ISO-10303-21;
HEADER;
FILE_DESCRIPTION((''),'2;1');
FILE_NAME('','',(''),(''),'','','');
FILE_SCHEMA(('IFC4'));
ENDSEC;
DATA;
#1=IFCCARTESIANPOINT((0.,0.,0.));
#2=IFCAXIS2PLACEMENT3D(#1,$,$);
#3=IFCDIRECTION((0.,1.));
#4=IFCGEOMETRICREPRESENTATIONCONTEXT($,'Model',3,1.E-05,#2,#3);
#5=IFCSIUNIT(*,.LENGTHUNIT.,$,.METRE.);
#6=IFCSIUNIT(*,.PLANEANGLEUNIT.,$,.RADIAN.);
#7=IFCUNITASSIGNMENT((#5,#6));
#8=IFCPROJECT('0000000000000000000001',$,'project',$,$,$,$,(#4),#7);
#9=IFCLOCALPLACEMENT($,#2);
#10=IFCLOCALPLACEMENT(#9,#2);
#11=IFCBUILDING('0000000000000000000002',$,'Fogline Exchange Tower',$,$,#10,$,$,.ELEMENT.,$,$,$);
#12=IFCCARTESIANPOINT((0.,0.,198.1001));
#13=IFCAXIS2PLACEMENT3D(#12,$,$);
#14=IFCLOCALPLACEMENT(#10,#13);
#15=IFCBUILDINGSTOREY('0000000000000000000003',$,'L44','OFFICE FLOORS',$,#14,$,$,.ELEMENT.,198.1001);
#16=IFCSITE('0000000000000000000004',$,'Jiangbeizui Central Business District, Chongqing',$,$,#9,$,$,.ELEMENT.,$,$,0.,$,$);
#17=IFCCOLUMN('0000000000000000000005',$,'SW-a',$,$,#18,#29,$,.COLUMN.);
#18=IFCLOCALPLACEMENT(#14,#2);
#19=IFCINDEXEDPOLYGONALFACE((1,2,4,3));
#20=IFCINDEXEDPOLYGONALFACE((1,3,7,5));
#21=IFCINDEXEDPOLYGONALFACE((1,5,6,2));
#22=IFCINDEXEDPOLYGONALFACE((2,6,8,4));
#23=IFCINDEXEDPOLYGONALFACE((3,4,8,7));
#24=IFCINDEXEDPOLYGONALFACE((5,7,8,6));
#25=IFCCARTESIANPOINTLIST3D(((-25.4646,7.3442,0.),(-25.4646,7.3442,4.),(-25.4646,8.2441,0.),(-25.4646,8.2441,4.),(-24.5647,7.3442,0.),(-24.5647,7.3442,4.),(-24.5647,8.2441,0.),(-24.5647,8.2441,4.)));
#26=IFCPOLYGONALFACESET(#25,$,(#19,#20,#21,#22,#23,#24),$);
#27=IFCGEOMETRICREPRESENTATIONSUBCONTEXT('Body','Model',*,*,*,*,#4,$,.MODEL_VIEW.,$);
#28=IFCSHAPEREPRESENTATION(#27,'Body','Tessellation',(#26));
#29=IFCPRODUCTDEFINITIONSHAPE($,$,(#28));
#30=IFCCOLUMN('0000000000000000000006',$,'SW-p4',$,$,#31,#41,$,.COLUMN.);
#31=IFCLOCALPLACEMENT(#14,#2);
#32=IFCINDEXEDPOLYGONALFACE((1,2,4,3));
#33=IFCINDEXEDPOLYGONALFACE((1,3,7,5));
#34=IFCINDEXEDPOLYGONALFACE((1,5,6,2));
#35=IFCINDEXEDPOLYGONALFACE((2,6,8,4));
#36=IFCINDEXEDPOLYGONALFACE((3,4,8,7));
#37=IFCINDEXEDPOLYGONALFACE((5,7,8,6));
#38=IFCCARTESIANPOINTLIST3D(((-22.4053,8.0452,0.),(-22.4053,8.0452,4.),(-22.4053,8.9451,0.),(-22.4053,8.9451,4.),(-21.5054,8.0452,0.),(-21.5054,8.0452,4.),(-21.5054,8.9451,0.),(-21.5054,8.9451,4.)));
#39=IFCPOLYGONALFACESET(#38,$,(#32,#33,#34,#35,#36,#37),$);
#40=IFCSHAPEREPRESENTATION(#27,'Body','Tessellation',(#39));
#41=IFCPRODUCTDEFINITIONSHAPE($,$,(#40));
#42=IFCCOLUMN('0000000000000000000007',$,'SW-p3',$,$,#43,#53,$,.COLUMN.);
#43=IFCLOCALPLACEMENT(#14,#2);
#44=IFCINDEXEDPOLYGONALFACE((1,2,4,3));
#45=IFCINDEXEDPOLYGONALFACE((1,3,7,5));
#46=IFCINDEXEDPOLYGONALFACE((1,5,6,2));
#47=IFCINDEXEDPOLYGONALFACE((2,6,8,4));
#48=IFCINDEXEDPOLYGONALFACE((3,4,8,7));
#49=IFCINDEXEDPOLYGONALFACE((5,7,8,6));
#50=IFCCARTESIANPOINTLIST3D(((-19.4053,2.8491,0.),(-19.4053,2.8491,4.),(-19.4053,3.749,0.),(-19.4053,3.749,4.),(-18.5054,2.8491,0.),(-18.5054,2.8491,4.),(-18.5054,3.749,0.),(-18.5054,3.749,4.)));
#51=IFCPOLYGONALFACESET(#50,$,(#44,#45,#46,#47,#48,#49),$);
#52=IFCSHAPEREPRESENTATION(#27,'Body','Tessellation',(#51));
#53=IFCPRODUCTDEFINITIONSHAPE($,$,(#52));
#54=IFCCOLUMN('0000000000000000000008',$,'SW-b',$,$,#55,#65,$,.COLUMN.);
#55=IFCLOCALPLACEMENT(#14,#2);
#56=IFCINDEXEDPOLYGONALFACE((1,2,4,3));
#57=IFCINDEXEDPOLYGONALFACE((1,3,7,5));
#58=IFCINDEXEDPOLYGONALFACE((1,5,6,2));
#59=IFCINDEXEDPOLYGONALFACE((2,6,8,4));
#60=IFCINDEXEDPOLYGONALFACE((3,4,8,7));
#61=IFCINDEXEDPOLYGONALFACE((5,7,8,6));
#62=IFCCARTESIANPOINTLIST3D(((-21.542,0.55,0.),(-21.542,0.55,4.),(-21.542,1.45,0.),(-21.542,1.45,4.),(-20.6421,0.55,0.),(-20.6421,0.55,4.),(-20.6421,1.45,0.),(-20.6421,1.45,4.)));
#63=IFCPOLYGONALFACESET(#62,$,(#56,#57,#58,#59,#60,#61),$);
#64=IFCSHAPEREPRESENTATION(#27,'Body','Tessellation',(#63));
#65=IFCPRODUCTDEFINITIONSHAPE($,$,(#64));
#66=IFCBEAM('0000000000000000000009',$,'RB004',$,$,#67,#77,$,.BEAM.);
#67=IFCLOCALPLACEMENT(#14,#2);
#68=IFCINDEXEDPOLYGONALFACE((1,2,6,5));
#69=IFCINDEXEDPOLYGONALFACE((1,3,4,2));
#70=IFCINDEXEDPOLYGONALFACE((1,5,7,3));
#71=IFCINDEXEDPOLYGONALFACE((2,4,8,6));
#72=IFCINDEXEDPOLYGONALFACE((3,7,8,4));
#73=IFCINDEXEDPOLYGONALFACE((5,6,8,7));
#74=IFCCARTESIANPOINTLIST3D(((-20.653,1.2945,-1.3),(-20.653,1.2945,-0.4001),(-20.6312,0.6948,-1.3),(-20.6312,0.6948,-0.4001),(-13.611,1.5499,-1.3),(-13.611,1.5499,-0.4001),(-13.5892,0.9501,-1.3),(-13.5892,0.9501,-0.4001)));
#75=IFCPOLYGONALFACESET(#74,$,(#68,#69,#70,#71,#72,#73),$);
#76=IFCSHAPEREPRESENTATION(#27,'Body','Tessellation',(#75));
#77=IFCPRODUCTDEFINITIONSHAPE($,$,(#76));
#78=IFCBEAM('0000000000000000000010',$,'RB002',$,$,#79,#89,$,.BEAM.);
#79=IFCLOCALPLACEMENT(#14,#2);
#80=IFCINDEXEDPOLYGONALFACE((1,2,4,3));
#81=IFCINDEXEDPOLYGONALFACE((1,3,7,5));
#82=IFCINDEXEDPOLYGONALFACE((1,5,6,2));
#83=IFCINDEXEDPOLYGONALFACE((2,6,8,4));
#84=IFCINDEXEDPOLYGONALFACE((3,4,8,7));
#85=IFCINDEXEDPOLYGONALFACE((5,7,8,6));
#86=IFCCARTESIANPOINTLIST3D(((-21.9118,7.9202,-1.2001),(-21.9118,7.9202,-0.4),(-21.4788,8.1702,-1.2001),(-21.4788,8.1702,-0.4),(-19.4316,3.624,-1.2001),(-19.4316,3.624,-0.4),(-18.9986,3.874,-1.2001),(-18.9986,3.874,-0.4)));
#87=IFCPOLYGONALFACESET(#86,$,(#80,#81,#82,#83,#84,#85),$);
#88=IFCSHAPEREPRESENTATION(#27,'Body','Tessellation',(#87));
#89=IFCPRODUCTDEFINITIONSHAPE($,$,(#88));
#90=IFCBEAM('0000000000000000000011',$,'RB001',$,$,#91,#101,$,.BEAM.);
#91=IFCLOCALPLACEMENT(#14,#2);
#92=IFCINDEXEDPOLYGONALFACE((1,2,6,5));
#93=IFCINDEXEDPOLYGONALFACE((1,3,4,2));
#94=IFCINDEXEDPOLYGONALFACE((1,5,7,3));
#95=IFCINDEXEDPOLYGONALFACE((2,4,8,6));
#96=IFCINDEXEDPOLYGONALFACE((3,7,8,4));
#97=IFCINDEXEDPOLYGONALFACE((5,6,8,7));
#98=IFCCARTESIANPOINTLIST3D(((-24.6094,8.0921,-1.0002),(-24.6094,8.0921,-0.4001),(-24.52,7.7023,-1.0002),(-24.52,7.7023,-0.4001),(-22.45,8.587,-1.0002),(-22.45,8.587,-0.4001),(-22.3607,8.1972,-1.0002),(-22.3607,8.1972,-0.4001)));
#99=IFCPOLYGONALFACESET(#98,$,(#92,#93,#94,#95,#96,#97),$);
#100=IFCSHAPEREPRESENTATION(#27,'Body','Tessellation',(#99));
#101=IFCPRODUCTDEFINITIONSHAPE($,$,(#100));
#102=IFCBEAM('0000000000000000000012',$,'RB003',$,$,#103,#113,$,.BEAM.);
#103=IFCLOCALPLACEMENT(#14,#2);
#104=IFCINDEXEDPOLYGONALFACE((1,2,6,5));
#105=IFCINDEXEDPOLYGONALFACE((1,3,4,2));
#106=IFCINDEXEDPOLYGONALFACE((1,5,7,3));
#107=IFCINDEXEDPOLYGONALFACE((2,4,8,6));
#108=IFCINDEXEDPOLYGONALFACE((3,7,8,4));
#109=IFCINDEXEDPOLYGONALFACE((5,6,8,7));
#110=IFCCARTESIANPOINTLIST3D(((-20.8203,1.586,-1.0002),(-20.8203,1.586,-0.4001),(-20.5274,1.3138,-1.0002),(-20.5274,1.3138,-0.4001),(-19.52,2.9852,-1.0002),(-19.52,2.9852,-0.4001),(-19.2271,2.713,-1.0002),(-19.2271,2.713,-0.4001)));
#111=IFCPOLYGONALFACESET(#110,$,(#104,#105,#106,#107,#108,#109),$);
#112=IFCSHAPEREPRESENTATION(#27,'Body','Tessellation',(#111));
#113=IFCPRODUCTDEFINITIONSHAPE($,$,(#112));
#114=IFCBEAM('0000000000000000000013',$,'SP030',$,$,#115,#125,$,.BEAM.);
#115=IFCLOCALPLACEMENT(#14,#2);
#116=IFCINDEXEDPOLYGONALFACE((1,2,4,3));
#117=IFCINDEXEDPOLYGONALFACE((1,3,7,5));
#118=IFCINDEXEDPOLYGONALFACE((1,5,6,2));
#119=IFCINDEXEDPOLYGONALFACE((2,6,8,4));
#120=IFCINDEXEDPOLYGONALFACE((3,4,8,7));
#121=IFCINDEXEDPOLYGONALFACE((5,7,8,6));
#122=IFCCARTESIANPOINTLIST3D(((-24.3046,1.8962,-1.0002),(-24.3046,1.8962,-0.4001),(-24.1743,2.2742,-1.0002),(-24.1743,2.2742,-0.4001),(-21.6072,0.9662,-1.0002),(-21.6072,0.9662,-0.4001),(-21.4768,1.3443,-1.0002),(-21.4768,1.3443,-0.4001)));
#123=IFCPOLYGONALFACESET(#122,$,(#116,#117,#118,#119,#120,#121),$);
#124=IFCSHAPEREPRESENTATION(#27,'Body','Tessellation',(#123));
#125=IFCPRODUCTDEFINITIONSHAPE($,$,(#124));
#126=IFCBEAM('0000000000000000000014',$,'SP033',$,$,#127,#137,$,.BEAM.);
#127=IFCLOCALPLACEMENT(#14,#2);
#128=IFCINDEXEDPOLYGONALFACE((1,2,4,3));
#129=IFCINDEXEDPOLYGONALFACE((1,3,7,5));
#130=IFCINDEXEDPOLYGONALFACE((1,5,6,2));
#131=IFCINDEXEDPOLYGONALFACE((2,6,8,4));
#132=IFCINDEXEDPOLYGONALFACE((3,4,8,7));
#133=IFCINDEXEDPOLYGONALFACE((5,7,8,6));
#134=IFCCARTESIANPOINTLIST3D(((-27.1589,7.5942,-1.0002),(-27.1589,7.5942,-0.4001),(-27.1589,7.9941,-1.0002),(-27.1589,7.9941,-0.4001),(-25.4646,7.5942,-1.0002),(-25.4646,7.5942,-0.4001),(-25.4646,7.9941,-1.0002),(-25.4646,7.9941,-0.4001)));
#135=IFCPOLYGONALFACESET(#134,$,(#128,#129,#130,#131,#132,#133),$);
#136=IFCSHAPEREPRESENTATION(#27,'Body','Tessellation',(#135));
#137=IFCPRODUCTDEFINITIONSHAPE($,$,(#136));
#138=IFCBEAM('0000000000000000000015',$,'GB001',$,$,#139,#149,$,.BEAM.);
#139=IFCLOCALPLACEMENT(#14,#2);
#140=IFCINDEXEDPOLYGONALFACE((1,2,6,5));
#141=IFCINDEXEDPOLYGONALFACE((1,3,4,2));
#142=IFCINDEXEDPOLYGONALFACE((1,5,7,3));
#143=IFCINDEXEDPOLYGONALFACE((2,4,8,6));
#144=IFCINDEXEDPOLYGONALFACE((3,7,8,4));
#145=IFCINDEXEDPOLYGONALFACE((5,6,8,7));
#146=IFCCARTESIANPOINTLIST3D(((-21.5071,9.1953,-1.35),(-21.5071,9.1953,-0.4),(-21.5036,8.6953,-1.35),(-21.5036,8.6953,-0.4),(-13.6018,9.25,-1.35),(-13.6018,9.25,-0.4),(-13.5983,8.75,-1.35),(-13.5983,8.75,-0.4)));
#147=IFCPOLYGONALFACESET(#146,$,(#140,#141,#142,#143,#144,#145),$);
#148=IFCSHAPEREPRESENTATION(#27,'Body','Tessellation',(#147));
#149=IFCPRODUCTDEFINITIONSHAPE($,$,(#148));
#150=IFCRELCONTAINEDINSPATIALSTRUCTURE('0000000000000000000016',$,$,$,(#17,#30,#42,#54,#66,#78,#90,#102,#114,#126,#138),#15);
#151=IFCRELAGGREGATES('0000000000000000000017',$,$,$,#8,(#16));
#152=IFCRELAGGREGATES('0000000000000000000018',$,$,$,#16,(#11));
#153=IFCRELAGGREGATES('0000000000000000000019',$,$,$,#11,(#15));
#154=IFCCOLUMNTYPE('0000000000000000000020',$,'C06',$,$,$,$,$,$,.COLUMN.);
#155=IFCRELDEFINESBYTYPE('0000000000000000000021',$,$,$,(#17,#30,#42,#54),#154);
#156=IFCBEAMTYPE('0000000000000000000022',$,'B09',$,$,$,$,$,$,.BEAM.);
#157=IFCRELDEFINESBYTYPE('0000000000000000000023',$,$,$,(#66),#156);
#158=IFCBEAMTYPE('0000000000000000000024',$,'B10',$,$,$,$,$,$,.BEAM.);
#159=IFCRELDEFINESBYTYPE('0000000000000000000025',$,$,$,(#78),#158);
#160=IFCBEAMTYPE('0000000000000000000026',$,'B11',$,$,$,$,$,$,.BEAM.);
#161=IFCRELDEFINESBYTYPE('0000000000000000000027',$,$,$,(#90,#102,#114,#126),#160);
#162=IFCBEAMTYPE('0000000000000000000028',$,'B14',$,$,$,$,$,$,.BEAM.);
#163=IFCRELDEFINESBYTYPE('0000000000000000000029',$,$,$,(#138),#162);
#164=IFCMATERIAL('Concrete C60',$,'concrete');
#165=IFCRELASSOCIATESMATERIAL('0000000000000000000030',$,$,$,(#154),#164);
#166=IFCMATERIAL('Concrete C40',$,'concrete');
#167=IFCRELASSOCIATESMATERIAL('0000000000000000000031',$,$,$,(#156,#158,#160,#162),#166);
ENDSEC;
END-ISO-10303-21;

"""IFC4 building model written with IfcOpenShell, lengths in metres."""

from ifc_helpers import new_model, si_unit, direction, frame, origin, origin_2d, place, context, subcontext, project, spatial, rectangle, extrude, material, material_profile, profile_set, type_object, element, save


model = new_model("IFC4")

# Units and contexts
model_context = context("Model", 3, precision=1e-05, world=origin(), true_north=direction((0.0, 1.0)))
body_context = subcontext(model_context, "Body", "Model", "MODEL_VIEW")
ifc_project = project(units=[si_unit("LENGTHUNIT", "METRE"), si_unit("PLANEANGLEUNIT", "RADIAN")], contexts=[model_context])

# Site, building, storey
site_placement = place(None, origin())
site = spatial("IfcSite", under=ifc_project, at=site_placement, Name="Jiangbeizui Central Business District, Chongqing", CompositionType="ELEMENT", RefElevation=0.0)
building_placement = place(site_placement, origin())
building = spatial("IfcBuilding", under=site, at=building_placement, Name="Fogline Exchange Tower", CompositionType="ELEMENT")
storey_placement = place(building_placement, frame((0.0, 0.0, 198.1001)))
storey = spatial("IfcBuildingStorey", under=building, at=storey_placement, Name="L44", Description="OFFICE FLOORS", CompositionType="ELEMENT", Elevation=198.1001)

# Columns
ifc_material_1 = material(Name="Concrete C60", Category="concrete")
ifc_material_profile_1 = material_profile(ifc_material_1, rectangle(XDim=0.8999, YDim=0.8999, at=origin_2d()), Name="RC 900x900")
ifc_profile_set_1 = profile_set([ifc_material_profile_1], Name="Concrete C60")
column_type = type_object("IfcColumnType", Name="C06", PredefinedType="COLUMN", material=ifc_profile_set_1)
for number, where, z_axis, x_axis, name in (
    (1, (-25.0146, 7.7942, 0.0), (0.0, 0.0, 1.0), (1.0, 0.0, 0.0), "SW-a"),
    (2, (-21.9553, 8.4951, 0.0), (0.0, 0.0, 1.0), (1.0, 0.0, 0.0), "SW-p4"),
    (3, (-18.9553, 3.2991, 0.0), (0.0, 0.0, 1.0), (1.0, 0.0, 0.0), "SW-p3"),
    (4, (-21.092, 1.0, 0.0), (0.0, 0.0, 1.0), (1.0, 0.0, 0.0), "SW-b"),
):
    element("IfcColumn", number, at=place(storey_placement, frame(where, z_axis=z_axis, x_axis=x_axis)), inside=storey, type_object=column_type, Name=name, PredefinedType="COLUMN", context=body_context, shape_type="SweptSolid", body=[
        extrude(rectangle(XDim=0.8999, YDim=0.8999, at=origin_2d()), origin(), (0.0, 0.0, 1.0), 4.0),
    ])

# Beams
ifc_material_2 = material(Name="Concrete C40", Category="concrete")
ifc_material_profile_2 = material_profile(ifc_material_2, rectangle(XDim=0.6001, YDim=0.8999, at=origin_2d()), Name="RC 600x900")
ifc_profile_set_2 = profile_set([ifc_material_profile_2], Name="Concrete C40")
beam_type_1 = type_object("IfcBeamType", Name="B09", PredefinedType="BEAM", material=ifc_profile_set_2)
beam_1_placement = place(storey_placement, frame((-20.6421, 0.9946, -0.8501), z_axis=(0.999343, 0.03624, 0.0), x_axis=(-0.03624, 0.999343, 0.0)))
element("IfcBeam", 5, at=beam_1_placement, inside=storey, type_object=beam_type_1, Name="RB004", PredefinedType="BEAM", context=body_context, shape_type="SweptSolid", body=[
    extrude(rectangle(XDim=0.6001, YDim=0.8999, at=origin_2d()), origin(), (0.0, 0.0, 1.0), 7.0466),
])
ifc_material_profile_3 = material_profile(ifc_material_2, rectangle(XDim=0.5, YDim=0.8, at=origin_2d()), Name="RC 500x800")
ifc_profile_set_3 = profile_set([ifc_material_profile_3], Name="Concrete C40")
beam_type_2 = type_object("IfcBeamType", Name="B10", PredefinedType="BEAM", material=ifc_profile_set_3)
beam_2_placement = place(storey_placement, frame((-21.6953, 8.0452, -0.8), z_axis=(0.499977, -0.866039, 0.0), x_axis=(0.866039, 0.499977, 0.0)))
element("IfcBeam", 6, at=beam_2_placement, inside=storey, type_object=beam_type_2, Name="RB002", PredefinedType="BEAM", context=body_context, shape_type="SweptSolid", body=[
    extrude(rectangle(XDim=0.5, YDim=0.8, at=origin_2d()), origin(), (0.0, 0.0, 1.0), 4.9607),
])
ifc_material_profile_4 = material_profile(ifc_material_2, rectangle(XDim=0.3999, YDim=0.6001, at=origin_2d()), Name="RC 400x600")
ifc_profile_set_4 = profile_set([ifc_material_profile_4], Name="Concrete C40")
beam_type_3 = type_object("IfcBeamType", Name="B11", PredefinedType="BEAM", material=ifc_profile_set_4)
beam_3_placement = place(storey_placement, frame((-24.5647, 7.8972, -0.7002), z_axis=(0.974732, 0.223378, 0.0), x_axis=(-0.223378, 0.974732, 0.0)))
element("IfcBeam", 7, at=beam_3_placement, inside=storey, type_object=beam_type_3, Name="RB001", PredefinedType="BEAM", context=body_context, shape_type="SweptSolid", body=[
    extrude(rectangle(XDim=0.3999, YDim=0.6001, at=origin_2d()), origin(), (0.0, 0.0, 1.0), 2.2153),
])
beam_4_placement = place(storey_placement, frame((-19.3735, 2.8491, -0.7002), z_axis=(-0.68075, -0.732516, 0.0), x_axis=(0.732516, -0.68075, 0.0)))
element("IfcBeam", 8, at=beam_4_placement, inside=storey, type_object=beam_type_3, Name="RB003", PredefinedType="BEAM", context=body_context, shape_type="SweptSolid", body=[
    extrude(rectangle(XDim=0.3999, YDim=0.6001, at=origin_2d()), origin(), (0.0, 0.0, 1.0), 1.9102),
])
beam_5_placement = place(storey_placement, frame((-21.542, 1.1553, -0.7002), z_axis=(-0.945399, 0.325914, 0.0), x_axis=(-0.325914, -0.945399, 0.0)))
element("IfcBeam", 9, at=beam_5_placement, inside=storey, type_object=beam_type_3, Name="SP030", PredefinedType="BEAM", context=body_context, shape_type="SweptSolid", body=[
    extrude(rectangle(XDim=0.3999, YDim=0.6001, at=origin_2d()), origin(), (0.0, 0.0, 1.0), 2.8533),
])
beam_6_placement = place(storey_placement, frame((-25.4646, 7.7942, -0.7002), z_axis=(-1.0, 0.0, 0.0), x_axis=(0.0, -1.0, 0.0)))
element("IfcBeam", 10, at=beam_6_placement, inside=storey, type_object=beam_type_3, Name="SP033", PredefinedType="BEAM", context=body_context, shape_type="SweptSolid", body=[
    extrude(rectangle(XDim=0.3999, YDim=0.6001, at=origin_2d()), origin(), (0.0, 0.0, 1.0), 1.6943),
])
ifc_material_profile_5 = material_profile(ifc_material_2, rectangle(XDim=0.5, YDim=0.95, at=origin_2d()), Name="RC 500x950")
ifc_profile_set_5 = profile_set([ifc_material_profile_5], Name="Concrete C40")
beam_type_4 = type_object("IfcBeamType", Name="B14", PredefinedType="BEAM", material=ifc_profile_set_5)
beam_7_placement = place(storey_placement, frame((-21.5054, 8.9453, -0.875), z_axis=(0.999976, 0.006918, 0.0), x_axis=(-0.006918, 0.999976, 0.0)))
element("IfcBeam", 11, at=beam_7_placement, inside=storey, type_object=beam_type_4, Name="GB001", PredefinedType="BEAM", context=body_context, shape_type="SweptSolid", body=[
    extrude(rectangle(XDim=0.5, YDim=0.95, at=origin_2d()), origin(), (0.0, 0.0, 1.0), 7.9055),
])

save(model, "model.ifc")
